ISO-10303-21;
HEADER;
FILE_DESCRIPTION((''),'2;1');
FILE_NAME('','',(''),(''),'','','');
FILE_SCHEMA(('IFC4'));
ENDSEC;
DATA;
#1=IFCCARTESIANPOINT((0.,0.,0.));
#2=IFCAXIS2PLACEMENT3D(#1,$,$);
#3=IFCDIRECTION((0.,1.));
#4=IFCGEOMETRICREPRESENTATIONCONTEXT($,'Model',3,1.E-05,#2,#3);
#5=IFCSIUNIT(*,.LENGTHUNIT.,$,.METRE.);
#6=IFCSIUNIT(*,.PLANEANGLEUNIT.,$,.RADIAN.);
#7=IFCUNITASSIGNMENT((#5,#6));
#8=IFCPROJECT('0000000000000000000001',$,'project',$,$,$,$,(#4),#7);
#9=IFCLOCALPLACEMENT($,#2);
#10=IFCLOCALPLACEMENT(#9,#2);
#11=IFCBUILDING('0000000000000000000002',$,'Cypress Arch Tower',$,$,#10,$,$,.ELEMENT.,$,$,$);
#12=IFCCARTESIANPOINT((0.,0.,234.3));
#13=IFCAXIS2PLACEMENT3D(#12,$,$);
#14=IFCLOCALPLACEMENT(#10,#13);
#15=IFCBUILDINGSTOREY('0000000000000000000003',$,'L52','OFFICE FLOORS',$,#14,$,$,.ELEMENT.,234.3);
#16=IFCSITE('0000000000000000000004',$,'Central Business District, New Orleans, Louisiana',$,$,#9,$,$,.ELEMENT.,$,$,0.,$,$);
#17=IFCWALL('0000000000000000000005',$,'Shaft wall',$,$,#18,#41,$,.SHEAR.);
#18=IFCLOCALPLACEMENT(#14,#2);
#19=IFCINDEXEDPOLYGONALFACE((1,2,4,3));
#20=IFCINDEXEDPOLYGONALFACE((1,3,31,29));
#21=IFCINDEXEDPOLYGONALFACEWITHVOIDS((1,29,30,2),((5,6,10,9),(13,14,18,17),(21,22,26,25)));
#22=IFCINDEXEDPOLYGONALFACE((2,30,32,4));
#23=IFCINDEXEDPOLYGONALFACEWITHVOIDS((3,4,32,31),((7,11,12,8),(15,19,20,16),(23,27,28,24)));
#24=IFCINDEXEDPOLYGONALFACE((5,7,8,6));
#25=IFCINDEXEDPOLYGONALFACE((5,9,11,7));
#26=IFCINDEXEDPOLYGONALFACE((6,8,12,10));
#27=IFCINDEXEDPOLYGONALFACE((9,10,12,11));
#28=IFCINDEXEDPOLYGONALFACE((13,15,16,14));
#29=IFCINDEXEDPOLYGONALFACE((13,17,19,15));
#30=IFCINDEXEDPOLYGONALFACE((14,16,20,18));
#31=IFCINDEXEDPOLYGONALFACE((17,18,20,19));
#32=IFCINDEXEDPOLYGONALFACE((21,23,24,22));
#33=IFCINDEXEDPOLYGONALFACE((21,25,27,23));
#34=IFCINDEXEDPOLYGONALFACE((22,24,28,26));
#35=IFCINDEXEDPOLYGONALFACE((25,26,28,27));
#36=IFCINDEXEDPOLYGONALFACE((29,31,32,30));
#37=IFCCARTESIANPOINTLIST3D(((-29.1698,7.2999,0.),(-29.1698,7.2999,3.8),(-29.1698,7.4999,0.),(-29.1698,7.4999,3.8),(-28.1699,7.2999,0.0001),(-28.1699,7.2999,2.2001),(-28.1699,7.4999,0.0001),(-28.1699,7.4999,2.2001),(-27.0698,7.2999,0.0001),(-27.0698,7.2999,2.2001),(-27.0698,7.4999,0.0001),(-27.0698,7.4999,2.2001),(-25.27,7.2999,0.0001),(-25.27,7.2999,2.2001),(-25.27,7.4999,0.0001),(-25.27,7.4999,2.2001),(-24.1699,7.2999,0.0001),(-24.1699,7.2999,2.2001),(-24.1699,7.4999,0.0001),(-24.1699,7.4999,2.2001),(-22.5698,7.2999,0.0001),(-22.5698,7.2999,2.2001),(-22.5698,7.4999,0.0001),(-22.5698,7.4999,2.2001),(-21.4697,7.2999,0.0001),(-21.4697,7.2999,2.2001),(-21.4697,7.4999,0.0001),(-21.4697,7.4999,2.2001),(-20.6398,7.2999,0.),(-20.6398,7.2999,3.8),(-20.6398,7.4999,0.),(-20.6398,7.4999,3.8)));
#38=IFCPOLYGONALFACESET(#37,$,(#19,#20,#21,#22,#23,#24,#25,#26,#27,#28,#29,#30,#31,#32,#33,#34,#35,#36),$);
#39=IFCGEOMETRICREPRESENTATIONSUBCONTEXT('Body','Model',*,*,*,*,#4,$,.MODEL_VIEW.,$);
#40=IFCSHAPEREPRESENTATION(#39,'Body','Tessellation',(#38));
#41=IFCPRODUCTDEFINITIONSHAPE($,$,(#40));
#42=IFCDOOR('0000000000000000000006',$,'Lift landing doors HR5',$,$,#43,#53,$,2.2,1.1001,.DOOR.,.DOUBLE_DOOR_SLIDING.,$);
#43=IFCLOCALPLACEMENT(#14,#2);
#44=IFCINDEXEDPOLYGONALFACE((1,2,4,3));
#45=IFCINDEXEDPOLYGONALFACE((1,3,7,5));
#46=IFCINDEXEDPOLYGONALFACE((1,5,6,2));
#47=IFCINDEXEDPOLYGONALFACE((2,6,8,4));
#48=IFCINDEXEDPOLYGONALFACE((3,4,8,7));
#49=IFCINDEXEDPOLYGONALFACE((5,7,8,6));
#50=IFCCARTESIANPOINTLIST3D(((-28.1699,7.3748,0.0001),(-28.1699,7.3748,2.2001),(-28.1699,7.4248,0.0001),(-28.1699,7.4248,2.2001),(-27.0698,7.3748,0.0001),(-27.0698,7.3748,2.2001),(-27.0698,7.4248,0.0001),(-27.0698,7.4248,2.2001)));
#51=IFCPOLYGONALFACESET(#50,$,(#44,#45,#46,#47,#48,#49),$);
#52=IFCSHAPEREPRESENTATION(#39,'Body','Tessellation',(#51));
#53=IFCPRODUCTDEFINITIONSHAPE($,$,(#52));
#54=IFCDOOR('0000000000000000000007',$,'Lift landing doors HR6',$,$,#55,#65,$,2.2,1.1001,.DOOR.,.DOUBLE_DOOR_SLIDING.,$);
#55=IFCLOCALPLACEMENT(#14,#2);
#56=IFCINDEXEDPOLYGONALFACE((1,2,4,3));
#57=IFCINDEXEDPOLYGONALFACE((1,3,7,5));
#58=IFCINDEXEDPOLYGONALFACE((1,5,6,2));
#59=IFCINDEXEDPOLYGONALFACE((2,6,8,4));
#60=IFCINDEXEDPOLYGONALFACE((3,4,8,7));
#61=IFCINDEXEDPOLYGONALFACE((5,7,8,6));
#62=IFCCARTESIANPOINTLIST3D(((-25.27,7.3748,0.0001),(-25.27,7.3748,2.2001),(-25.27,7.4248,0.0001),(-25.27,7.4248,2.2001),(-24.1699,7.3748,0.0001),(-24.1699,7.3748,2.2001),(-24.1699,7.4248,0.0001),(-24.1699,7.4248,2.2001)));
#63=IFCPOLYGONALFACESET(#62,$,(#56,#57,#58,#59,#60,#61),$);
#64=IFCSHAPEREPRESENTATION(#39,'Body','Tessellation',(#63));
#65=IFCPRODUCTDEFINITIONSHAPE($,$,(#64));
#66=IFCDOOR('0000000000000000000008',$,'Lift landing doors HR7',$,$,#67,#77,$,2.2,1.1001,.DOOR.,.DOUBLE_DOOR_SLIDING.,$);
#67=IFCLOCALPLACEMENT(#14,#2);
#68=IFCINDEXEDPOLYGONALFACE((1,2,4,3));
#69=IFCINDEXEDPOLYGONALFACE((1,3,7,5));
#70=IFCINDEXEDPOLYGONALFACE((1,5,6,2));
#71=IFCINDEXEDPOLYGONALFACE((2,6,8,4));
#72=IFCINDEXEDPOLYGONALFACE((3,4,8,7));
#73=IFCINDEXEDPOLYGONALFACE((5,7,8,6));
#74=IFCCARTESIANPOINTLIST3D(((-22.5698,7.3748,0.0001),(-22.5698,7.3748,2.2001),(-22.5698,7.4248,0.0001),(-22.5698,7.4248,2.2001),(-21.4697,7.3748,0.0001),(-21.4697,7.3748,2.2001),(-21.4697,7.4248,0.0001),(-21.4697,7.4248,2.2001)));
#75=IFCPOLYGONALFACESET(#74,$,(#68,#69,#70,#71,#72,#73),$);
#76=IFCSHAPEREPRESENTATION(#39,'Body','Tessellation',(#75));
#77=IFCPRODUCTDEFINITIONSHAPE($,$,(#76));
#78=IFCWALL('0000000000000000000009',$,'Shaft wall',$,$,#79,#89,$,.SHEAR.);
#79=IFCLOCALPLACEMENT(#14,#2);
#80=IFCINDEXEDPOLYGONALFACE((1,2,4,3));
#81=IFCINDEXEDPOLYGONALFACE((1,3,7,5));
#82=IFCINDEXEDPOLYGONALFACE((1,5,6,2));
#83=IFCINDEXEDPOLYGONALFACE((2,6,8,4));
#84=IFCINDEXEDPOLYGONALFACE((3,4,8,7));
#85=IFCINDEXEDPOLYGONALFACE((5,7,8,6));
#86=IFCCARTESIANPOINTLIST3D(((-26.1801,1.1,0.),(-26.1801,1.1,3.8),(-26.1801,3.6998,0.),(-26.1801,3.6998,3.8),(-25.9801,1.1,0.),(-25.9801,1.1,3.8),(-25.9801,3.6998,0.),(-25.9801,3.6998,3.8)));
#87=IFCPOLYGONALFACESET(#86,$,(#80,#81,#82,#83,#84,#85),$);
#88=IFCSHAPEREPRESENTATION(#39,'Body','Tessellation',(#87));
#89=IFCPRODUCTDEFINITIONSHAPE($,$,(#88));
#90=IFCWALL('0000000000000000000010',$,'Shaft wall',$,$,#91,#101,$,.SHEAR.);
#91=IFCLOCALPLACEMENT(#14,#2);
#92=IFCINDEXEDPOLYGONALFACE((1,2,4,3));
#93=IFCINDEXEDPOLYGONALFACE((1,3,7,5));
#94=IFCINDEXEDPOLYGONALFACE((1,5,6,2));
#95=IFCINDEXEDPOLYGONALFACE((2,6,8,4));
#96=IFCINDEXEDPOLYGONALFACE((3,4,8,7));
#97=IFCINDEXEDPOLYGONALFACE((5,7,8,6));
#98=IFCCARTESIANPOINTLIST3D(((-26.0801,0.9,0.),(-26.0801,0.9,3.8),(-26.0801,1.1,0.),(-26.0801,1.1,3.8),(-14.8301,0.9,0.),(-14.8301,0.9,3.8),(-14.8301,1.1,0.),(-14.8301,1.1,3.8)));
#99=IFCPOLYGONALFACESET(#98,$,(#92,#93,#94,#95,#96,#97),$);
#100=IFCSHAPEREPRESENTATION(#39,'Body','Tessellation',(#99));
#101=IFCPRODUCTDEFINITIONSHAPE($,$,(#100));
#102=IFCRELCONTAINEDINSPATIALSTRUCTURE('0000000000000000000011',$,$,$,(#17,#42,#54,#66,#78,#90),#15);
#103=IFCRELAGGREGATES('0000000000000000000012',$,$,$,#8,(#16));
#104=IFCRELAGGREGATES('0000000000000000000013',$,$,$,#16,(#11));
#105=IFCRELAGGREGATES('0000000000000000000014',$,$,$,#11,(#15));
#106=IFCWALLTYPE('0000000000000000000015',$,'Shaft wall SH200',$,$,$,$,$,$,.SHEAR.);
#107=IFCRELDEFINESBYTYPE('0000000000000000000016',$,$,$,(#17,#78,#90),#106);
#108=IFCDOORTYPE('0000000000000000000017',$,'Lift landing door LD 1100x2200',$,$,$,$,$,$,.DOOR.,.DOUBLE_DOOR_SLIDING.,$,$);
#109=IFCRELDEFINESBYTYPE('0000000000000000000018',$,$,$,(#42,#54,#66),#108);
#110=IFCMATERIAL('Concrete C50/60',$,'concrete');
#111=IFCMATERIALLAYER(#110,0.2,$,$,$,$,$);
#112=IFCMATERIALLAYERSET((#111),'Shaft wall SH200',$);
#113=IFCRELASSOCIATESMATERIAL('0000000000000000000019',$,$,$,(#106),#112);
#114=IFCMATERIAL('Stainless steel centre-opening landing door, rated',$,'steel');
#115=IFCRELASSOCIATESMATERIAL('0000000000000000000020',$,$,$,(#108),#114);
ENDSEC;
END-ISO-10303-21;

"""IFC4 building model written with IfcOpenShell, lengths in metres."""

from ifc_helpers import new_model, si_unit, direction, frame, frame_2d, origin, place, context, subcontext, project, spatial, rectangle, extrude, material, layer, layer_set, type_object, element, fill, save


model = new_model("IFC4")

# Units and contexts
model_context = context("Model", 3, precision=1e-05, world=origin(), true_north=direction((0.0, 1.0)))
body_context = subcontext(model_context, "Body", "Model", "MODEL_VIEW")
ifc_project = project(units=[si_unit("LENGTHUNIT", "METRE"), si_unit("PLANEANGLEUNIT", "RADIAN")], contexts=[model_context])

# Site, building, storey
site_placement = place(None, origin())
site = spatial("IfcSite", under=ifc_project, at=site_placement, Name="Central Business District, New Orleans, Louisiana", CompositionType="ELEMENT", RefElevation=0.0)
building_placement = place(site_placement, origin())
building = spatial("IfcBuilding", under=site, at=building_placement, Name="Cypress Arch Tower", CompositionType="ELEMENT")
storey_placement = place(building_placement, frame((0.0, 0.0, 234.3)))
storey = spatial("IfcBuildingStorey", under=building, at=storey_placement, Name="L52", Description="OFFICE FLOORS", CompositionType="ELEMENT", Elevation=234.3)

# Wall, openings, doors
ifc_material_1 = material(Name="Concrete C50/60", Category="concrete")
ifc_layer_1 = layer(ifc_material_1, 0.2)
ifc_layer_set_1 = layer_set([ifc_layer_1], Name="Shaft wall SH200")
wall_type_1 = type_object("IfcWallType", Name="Shaft wall SH200", PredefinedType="SHEAR", material=ifc_layer_set_1)
wall_1_placement = place(storey_placement, frame((-29.1699, 7.3999, 0.0), z_axis=(0.0, 0.0, 1.0), x_axis=(1.0, 0.0, 0.0)))
wall_1 = element("IfcWall", 1, at=wall_1_placement, inside=storey, type_object=wall_type_1, Name="Shaft wall", PredefinedType="SHEAR", context=body_context, shape_type="SweptSolid", body=[
    extrude(rectangle(XDim=8.53, YDim=0.2, at=frame_2d((4.2651, 0.0))), origin(), (0.0, 0.0, 1.0), 3.8),
])
opening_1_placement = place(wall_1_placement, frame((1.0, 0.0, 0.0)))
opening_1 = element("IfcOpeningElement", 2, at=opening_1_placement, cuts=wall_1, PredefinedType="OPENING", context=body_context, shape_type="SweptSolid", body=[
    extrude(rectangle(XDim=1.1001, YDim=2.2, at=frame_2d((0.55, 1.1001))), frame((0.0, 0.1099, 0.0), z_axis=(0.0, -1.0, 0.0), x_axis=(1.0, 0.0, 0.0)), (0.0, 0.0, 1.0), 0.22),
])
opening_2_placement = place(wall_1_placement, frame((3.8999, 0.0, 0.0)))
opening_2 = element("IfcOpeningElement", 3, at=opening_2_placement, cuts=wall_1, PredefinedType="OPENING", context=body_context, shape_type="SweptSolid", body=[
    extrude(rectangle(XDim=1.1001, YDim=2.2, at=frame_2d((0.55, 1.1001))), frame((0.0, 0.1099, 0.0), z_axis=(0.0, -1.0, 0.0), x_axis=(1.0, 0.0, 0.0)), (0.0, 0.0, 1.0), 0.22),
])
opening_3_placement = place(wall_1_placement, frame((6.6001, 0.0, 0.0)))
opening_3 = element("IfcOpeningElement", 4, at=opening_3_placement, cuts=wall_1, PredefinedType="OPENING", context=body_context, shape_type="SweptSolid", body=[
    extrude(rectangle(XDim=1.1001, YDim=2.2, at=frame_2d((0.55, 1.1001))), frame((0.0, 0.1099, 0.0), z_axis=(0.0, -1.0, 0.0), x_axis=(1.0, 0.0, 0.0)), (0.0, 0.0, 1.0), 0.22),
])
ifc_material_2 = material(Name="Stainless steel centre-opening landing door, rated", Category="steel")
door_type_1 = type_object("IfcDoorType", Name="Lift landing door LD 1100x2200", OperationType="DOUBLE_DOOR_SLIDING", PredefinedType="DOOR", material=ifc_material_2)
door_1_placement = place(opening_1_placement, origin())
door_1 = element("IfcDoor", 5, at=door_1_placement, inside=storey, type_object=door_type_1, Name="Lift landing doors HR5", OperationType="DOUBLE_DOOR_SLIDING", OverallHeight=2.2, OverallWidth=1.1001, PredefinedType="DOOR", context=body_context, shape_type="SweptSolid", body=[
    extrude(rectangle(XDim=1.1001, YDim=2.2, at=frame_2d((0.55, 1.1001))), frame((0.0, 0.0249, 0.0), z_axis=(0.0, -1.0, 0.0), x_axis=(1.0, 0.0, 0.0)), (0.0, 0.0, 1.0), 0.05),
])
fill(opening_1, door_1)
door_2_placement = place(opening_2_placement, origin())
door_2 = element("IfcDoor", 6, at=door_2_placement, inside=storey, type_object=door_type_1, Name="Lift landing doors HR6", OperationType="DOUBLE_DOOR_SLIDING", OverallHeight=2.2, OverallWidth=1.1001, PredefinedType="DOOR", context=body_context, shape_type="SweptSolid", body=[
    extrude(rectangle(XDim=1.1001, YDim=2.2, at=frame_2d((0.55, 1.1001))), frame((0.0, 0.0249, 0.0), z_axis=(0.0, -1.0, 0.0), x_axis=(1.0, 0.0, 0.0)), (0.0, 0.0, 1.0), 0.05),
])
fill(opening_2, door_2)
door_3_placement = place(opening_3_placement, origin())
door_3 = element("IfcDoor", 7, at=door_3_placement, inside=storey, type_object=door_type_1, Name="Lift landing doors HR7", OperationType="DOUBLE_DOOR_SLIDING", OverallHeight=2.2, OverallWidth=1.1001, PredefinedType="DOOR", context=body_context, shape_type="SweptSolid", body=[
    extrude(rectangle(XDim=1.1001, YDim=2.2, at=frame_2d((0.55, 1.1001))), frame((0.0, 0.0249, 0.0), z_axis=(0.0, -1.0, 0.0), x_axis=(1.0, 0.0, 0.0)), (0.0, 0.0, 1.0), 0.05),
])
fill(opening_3, door_3)

# Walls
wall_2_placement = place(storey_placement, frame((-26.0801, 1.1001, 0.0), z_axis=(0.0, 0.0, 1.0), x_axis=(0.0, 1.0, 0.0)))
element("IfcWall", 8, at=wall_2_placement, inside=storey, type_object=wall_type_1, Name="Shaft wall", PredefinedType="SHEAR", context=body_context, shape_type="SweptSolid", body=[
    extrude(rectangle(XDim=2.5999, YDim=0.2, at=frame_2d((1.2998, 0.0))), origin(), (0.0, 0.0, 1.0), 3.8),
])
wall_3_placement = place(storey_placement, frame((-26.0801, 1.0, 0.0), z_axis=(0.0, 0.0, 1.0), x_axis=(1.0, 0.0, 0.0)))
element("IfcWall", 9, at=wall_3_placement, inside=storey, type_object=wall_type_1, Name="Shaft wall", PredefinedType="SHEAR", context=body_context, shape_type="SweptSolid", body=[
    extrude(rectangle(XDim=11.25, YDim=0.2, at=frame_2d((5.625, 0.0))), origin(), (0.0, 0.0, 1.0), 3.8),
])

save(model, "model.ifc")
